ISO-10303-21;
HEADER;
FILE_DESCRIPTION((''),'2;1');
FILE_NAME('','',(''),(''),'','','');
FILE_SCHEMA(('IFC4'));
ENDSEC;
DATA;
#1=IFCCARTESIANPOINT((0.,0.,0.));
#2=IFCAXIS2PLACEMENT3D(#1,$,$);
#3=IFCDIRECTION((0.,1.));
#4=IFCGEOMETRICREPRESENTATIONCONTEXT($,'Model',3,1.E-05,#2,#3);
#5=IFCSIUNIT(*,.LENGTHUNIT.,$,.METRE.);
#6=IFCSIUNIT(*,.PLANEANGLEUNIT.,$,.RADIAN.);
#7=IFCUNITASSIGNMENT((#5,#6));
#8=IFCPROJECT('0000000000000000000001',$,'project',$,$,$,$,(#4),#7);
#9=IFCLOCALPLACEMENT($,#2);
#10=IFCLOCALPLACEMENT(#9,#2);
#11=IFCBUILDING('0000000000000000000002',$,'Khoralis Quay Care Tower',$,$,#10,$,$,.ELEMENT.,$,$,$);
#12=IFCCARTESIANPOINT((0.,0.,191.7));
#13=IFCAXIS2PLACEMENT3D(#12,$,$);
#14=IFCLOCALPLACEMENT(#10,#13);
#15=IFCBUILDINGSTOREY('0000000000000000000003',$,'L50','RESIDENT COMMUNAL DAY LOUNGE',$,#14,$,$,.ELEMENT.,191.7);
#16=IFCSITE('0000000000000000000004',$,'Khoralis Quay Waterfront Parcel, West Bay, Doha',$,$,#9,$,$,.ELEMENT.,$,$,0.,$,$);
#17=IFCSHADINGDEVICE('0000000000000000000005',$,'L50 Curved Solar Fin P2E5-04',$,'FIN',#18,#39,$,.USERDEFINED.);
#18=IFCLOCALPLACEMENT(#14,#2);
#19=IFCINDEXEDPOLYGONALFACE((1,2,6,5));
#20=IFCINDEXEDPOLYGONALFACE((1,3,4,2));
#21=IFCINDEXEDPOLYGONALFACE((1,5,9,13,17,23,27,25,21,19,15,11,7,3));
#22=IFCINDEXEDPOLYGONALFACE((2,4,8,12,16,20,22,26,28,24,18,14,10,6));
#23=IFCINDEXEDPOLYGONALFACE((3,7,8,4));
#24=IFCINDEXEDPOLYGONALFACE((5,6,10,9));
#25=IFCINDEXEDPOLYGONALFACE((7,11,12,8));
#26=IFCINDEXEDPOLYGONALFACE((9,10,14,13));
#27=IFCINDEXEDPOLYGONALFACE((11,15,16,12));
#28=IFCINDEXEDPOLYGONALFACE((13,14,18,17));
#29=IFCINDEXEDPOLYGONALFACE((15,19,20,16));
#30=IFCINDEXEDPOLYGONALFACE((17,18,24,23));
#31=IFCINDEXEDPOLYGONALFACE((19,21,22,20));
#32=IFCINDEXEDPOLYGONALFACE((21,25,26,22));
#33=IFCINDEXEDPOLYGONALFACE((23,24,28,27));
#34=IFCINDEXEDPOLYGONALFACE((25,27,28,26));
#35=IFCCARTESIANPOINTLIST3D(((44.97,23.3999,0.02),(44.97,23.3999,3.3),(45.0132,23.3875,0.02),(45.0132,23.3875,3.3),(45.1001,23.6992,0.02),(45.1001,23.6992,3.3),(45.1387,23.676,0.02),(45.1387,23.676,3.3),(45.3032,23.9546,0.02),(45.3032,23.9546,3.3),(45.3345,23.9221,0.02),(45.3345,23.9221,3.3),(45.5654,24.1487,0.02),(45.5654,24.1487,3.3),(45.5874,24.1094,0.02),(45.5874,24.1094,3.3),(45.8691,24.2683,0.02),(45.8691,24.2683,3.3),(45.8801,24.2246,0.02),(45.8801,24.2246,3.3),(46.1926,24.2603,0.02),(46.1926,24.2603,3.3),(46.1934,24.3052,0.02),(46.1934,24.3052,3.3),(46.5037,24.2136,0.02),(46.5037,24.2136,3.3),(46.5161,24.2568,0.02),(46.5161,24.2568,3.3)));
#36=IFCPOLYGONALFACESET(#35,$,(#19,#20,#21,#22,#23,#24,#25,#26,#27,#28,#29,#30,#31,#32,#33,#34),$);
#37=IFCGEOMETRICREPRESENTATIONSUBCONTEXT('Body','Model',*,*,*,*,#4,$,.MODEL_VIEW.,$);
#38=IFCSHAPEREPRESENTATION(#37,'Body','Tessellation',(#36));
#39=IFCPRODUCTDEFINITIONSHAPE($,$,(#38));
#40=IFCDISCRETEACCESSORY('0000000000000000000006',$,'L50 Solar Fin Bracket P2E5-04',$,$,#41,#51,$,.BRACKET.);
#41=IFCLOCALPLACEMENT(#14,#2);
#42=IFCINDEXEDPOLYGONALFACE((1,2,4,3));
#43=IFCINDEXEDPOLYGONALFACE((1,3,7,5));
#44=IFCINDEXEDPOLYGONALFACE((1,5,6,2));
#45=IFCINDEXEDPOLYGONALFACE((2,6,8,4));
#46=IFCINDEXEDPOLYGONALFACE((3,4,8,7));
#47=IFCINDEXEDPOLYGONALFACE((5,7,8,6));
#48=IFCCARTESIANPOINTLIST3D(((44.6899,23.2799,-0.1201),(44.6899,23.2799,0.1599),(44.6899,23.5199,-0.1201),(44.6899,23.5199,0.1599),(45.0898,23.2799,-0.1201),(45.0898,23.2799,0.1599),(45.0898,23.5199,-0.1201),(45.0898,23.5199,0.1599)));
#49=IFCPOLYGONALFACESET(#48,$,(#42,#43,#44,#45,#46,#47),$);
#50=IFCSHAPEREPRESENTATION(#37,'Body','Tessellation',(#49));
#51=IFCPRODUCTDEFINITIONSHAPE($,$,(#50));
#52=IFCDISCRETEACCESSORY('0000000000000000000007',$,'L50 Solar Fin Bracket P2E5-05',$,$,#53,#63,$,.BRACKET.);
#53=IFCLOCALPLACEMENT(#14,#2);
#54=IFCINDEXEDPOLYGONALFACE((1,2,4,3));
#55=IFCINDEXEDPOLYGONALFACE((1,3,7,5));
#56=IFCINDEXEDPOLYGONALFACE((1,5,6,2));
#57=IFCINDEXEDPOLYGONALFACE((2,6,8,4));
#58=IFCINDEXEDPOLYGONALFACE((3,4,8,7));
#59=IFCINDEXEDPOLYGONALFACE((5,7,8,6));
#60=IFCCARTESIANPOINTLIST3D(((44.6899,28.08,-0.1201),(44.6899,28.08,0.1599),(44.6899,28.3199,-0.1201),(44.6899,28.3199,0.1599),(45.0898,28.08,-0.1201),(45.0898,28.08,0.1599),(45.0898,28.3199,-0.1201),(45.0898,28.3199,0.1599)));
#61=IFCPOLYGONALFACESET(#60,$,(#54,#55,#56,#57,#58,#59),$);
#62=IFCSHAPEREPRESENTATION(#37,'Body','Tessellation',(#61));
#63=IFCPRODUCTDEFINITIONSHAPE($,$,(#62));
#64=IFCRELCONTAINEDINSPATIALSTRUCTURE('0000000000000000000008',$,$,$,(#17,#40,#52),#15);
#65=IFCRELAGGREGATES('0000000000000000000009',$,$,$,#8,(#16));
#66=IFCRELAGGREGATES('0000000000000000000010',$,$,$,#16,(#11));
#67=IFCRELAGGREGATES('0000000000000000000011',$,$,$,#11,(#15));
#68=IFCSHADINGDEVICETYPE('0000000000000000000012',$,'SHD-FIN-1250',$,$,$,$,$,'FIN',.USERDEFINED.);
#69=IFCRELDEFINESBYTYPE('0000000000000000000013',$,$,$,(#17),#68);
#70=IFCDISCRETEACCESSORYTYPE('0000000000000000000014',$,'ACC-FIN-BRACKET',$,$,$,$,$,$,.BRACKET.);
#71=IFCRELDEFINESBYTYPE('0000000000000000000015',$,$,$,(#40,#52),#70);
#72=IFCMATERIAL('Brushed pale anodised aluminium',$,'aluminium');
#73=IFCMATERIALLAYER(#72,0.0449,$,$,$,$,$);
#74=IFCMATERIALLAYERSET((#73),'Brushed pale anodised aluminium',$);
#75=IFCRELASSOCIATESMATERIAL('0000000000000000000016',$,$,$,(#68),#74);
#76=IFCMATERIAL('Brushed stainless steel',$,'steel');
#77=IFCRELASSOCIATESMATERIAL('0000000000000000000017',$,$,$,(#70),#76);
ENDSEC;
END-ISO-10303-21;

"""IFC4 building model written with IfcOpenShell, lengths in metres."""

from ifc_helpers import new_model, si_unit, direction, frame, origin, origin_2d, place, context, subcontext, project, spatial, polyline, rectangle, outline, extrude, source, transform, mapped, material, layer, layer_set, type_object, element, save


model = new_model("IFC4")

# Units and contexts
model_context = context("Model", 3, precision=1e-05, world=origin(), true_north=direction((0.0, 1.0)))
body_context = subcontext(model_context, "Body", "Model", "MODEL_VIEW")
ifc_project = project(units=[si_unit("LENGTHUNIT", "METRE"), si_unit("PLANEANGLEUNIT", "RADIAN")], contexts=[model_context])

# Site, building, storey
site_placement = place(None, origin())
site = spatial("IfcSite", under=ifc_project, at=site_placement, Name="Khoralis Quay Waterfront Parcel, West Bay, Doha", CompositionType="ELEMENT", RefElevation=0.0)
building_placement = place(site_placement, origin())
building = spatial("IfcBuilding", under=site, at=building_placement, Name="Khoralis Quay Care Tower", CompositionType="ELEMENT")
storey_placement = place(building_placement, frame((0.0, 0.0, 191.7)))
storey = spatial("IfcBuildingStorey", under=building, at=storey_placement, Name="L50", Description="RESIDENT COMMUNAL DAY LOUNGE", CompositionType="ELEMENT", Elevation=191.7)

# Shared definitions
ifc_material_1 = material(Name="Brushed stainless steel", Category="steel")

# Shading device
ifc_material_2 = material(Name="Brushed pale anodised aluminium", Category="aluminium")
ifc_layer_1 = layer(ifc_material_2, 0.0449)
ifc_layer_set_1 = layer_set([ifc_layer_1], Name="Brushed pale anodised aluminium")
shading_device_type = type_object("IfcShadingDeviceType", Name="SHD-FIN-1250", ElementType="FIN", PredefinedType="USERDEFINED", material=ifc_layer_set_1)
shared_shape_1 = source(origin(), body_context, "Body", "SweptSolid", [
    extrude(outline(polyline([(0.0, 0.0), (0.1301, 0.2993), (0.3333, 0.5547), (0.5955, 0.7488), (0.8992, 0.8684), (1.2234, 0.9053), (1.5461, 0.8569), (1.5337, 0.8137), (1.2227, 0.8604), (0.9102, 0.8247), (0.6174, 0.7095), (0.3645, 0.5222), (0.1687, 0.2761), (0.0432, -0.0125), (0.0, 0.0)])), origin(), (0.0, 0.0, 1.0), 3.28),
])
shading_device_placement = place(storey_placement, frame((44.97, 23.3999, 0.02), z_axis=(0.0, 0.0, 1.0), x_axis=(1.0, 0.0, 0.0)))
element("IfcShadingDevice", 1, at=shading_device_placement, inside=storey, type_object=shading_device_type, Name="L50 Curved Solar Fin P2E5-04", ObjectType="FIN", PredefinedType="USERDEFINED", context=body_context, shape_type="MappedRepresentation", body=[
    mapped(shared_shape_1, transform((0.0, 0.0, 0.0), scale=1.0)),
])

# Discrete accessories
discrete_accessory_type = type_object("IfcDiscreteAccessoryType", Name="ACC-FIN-BRACKET", PredefinedType="BRACKET", material=ifc_material_1)
shared_shape_2 = source(origin(), body_context, "Body", "SweptSolid", [
    extrude(rectangle(XDim=0.3999, YDim=0.24, at=origin_2d()), origin(), (0.0, 0.0, 1.0), 0.28),
])
for number, where, z_axis, x_axis, name in (
    (2, (44.8899, 23.3999, -0.1201), (0.0, 0.0, 1.0), (1.0, 0.0, 0.0), "L50 Solar Fin Bracket P2E5-04"),
    (3, (44.8899, 28.2, -0.1201), (0.0, 0.0, 1.0), (1.0, 0.0, 0.0), "L50 Solar Fin Bracket P2E5-05"),
):
    element("IfcDiscreteAccessory", number, at=place(storey_placement, frame(where, z_axis=z_axis, x_axis=x_axis)), inside=storey, type_object=discrete_accessory_type, Name=name, PredefinedType="BRACKET", context=body_context, shape_type="MappedRepresentation", body=[
        mapped(shared_shape_2, transform((0.0, 0.0, 0.0), scale=1.0)),
    ])

save(model, "model.ifc")
